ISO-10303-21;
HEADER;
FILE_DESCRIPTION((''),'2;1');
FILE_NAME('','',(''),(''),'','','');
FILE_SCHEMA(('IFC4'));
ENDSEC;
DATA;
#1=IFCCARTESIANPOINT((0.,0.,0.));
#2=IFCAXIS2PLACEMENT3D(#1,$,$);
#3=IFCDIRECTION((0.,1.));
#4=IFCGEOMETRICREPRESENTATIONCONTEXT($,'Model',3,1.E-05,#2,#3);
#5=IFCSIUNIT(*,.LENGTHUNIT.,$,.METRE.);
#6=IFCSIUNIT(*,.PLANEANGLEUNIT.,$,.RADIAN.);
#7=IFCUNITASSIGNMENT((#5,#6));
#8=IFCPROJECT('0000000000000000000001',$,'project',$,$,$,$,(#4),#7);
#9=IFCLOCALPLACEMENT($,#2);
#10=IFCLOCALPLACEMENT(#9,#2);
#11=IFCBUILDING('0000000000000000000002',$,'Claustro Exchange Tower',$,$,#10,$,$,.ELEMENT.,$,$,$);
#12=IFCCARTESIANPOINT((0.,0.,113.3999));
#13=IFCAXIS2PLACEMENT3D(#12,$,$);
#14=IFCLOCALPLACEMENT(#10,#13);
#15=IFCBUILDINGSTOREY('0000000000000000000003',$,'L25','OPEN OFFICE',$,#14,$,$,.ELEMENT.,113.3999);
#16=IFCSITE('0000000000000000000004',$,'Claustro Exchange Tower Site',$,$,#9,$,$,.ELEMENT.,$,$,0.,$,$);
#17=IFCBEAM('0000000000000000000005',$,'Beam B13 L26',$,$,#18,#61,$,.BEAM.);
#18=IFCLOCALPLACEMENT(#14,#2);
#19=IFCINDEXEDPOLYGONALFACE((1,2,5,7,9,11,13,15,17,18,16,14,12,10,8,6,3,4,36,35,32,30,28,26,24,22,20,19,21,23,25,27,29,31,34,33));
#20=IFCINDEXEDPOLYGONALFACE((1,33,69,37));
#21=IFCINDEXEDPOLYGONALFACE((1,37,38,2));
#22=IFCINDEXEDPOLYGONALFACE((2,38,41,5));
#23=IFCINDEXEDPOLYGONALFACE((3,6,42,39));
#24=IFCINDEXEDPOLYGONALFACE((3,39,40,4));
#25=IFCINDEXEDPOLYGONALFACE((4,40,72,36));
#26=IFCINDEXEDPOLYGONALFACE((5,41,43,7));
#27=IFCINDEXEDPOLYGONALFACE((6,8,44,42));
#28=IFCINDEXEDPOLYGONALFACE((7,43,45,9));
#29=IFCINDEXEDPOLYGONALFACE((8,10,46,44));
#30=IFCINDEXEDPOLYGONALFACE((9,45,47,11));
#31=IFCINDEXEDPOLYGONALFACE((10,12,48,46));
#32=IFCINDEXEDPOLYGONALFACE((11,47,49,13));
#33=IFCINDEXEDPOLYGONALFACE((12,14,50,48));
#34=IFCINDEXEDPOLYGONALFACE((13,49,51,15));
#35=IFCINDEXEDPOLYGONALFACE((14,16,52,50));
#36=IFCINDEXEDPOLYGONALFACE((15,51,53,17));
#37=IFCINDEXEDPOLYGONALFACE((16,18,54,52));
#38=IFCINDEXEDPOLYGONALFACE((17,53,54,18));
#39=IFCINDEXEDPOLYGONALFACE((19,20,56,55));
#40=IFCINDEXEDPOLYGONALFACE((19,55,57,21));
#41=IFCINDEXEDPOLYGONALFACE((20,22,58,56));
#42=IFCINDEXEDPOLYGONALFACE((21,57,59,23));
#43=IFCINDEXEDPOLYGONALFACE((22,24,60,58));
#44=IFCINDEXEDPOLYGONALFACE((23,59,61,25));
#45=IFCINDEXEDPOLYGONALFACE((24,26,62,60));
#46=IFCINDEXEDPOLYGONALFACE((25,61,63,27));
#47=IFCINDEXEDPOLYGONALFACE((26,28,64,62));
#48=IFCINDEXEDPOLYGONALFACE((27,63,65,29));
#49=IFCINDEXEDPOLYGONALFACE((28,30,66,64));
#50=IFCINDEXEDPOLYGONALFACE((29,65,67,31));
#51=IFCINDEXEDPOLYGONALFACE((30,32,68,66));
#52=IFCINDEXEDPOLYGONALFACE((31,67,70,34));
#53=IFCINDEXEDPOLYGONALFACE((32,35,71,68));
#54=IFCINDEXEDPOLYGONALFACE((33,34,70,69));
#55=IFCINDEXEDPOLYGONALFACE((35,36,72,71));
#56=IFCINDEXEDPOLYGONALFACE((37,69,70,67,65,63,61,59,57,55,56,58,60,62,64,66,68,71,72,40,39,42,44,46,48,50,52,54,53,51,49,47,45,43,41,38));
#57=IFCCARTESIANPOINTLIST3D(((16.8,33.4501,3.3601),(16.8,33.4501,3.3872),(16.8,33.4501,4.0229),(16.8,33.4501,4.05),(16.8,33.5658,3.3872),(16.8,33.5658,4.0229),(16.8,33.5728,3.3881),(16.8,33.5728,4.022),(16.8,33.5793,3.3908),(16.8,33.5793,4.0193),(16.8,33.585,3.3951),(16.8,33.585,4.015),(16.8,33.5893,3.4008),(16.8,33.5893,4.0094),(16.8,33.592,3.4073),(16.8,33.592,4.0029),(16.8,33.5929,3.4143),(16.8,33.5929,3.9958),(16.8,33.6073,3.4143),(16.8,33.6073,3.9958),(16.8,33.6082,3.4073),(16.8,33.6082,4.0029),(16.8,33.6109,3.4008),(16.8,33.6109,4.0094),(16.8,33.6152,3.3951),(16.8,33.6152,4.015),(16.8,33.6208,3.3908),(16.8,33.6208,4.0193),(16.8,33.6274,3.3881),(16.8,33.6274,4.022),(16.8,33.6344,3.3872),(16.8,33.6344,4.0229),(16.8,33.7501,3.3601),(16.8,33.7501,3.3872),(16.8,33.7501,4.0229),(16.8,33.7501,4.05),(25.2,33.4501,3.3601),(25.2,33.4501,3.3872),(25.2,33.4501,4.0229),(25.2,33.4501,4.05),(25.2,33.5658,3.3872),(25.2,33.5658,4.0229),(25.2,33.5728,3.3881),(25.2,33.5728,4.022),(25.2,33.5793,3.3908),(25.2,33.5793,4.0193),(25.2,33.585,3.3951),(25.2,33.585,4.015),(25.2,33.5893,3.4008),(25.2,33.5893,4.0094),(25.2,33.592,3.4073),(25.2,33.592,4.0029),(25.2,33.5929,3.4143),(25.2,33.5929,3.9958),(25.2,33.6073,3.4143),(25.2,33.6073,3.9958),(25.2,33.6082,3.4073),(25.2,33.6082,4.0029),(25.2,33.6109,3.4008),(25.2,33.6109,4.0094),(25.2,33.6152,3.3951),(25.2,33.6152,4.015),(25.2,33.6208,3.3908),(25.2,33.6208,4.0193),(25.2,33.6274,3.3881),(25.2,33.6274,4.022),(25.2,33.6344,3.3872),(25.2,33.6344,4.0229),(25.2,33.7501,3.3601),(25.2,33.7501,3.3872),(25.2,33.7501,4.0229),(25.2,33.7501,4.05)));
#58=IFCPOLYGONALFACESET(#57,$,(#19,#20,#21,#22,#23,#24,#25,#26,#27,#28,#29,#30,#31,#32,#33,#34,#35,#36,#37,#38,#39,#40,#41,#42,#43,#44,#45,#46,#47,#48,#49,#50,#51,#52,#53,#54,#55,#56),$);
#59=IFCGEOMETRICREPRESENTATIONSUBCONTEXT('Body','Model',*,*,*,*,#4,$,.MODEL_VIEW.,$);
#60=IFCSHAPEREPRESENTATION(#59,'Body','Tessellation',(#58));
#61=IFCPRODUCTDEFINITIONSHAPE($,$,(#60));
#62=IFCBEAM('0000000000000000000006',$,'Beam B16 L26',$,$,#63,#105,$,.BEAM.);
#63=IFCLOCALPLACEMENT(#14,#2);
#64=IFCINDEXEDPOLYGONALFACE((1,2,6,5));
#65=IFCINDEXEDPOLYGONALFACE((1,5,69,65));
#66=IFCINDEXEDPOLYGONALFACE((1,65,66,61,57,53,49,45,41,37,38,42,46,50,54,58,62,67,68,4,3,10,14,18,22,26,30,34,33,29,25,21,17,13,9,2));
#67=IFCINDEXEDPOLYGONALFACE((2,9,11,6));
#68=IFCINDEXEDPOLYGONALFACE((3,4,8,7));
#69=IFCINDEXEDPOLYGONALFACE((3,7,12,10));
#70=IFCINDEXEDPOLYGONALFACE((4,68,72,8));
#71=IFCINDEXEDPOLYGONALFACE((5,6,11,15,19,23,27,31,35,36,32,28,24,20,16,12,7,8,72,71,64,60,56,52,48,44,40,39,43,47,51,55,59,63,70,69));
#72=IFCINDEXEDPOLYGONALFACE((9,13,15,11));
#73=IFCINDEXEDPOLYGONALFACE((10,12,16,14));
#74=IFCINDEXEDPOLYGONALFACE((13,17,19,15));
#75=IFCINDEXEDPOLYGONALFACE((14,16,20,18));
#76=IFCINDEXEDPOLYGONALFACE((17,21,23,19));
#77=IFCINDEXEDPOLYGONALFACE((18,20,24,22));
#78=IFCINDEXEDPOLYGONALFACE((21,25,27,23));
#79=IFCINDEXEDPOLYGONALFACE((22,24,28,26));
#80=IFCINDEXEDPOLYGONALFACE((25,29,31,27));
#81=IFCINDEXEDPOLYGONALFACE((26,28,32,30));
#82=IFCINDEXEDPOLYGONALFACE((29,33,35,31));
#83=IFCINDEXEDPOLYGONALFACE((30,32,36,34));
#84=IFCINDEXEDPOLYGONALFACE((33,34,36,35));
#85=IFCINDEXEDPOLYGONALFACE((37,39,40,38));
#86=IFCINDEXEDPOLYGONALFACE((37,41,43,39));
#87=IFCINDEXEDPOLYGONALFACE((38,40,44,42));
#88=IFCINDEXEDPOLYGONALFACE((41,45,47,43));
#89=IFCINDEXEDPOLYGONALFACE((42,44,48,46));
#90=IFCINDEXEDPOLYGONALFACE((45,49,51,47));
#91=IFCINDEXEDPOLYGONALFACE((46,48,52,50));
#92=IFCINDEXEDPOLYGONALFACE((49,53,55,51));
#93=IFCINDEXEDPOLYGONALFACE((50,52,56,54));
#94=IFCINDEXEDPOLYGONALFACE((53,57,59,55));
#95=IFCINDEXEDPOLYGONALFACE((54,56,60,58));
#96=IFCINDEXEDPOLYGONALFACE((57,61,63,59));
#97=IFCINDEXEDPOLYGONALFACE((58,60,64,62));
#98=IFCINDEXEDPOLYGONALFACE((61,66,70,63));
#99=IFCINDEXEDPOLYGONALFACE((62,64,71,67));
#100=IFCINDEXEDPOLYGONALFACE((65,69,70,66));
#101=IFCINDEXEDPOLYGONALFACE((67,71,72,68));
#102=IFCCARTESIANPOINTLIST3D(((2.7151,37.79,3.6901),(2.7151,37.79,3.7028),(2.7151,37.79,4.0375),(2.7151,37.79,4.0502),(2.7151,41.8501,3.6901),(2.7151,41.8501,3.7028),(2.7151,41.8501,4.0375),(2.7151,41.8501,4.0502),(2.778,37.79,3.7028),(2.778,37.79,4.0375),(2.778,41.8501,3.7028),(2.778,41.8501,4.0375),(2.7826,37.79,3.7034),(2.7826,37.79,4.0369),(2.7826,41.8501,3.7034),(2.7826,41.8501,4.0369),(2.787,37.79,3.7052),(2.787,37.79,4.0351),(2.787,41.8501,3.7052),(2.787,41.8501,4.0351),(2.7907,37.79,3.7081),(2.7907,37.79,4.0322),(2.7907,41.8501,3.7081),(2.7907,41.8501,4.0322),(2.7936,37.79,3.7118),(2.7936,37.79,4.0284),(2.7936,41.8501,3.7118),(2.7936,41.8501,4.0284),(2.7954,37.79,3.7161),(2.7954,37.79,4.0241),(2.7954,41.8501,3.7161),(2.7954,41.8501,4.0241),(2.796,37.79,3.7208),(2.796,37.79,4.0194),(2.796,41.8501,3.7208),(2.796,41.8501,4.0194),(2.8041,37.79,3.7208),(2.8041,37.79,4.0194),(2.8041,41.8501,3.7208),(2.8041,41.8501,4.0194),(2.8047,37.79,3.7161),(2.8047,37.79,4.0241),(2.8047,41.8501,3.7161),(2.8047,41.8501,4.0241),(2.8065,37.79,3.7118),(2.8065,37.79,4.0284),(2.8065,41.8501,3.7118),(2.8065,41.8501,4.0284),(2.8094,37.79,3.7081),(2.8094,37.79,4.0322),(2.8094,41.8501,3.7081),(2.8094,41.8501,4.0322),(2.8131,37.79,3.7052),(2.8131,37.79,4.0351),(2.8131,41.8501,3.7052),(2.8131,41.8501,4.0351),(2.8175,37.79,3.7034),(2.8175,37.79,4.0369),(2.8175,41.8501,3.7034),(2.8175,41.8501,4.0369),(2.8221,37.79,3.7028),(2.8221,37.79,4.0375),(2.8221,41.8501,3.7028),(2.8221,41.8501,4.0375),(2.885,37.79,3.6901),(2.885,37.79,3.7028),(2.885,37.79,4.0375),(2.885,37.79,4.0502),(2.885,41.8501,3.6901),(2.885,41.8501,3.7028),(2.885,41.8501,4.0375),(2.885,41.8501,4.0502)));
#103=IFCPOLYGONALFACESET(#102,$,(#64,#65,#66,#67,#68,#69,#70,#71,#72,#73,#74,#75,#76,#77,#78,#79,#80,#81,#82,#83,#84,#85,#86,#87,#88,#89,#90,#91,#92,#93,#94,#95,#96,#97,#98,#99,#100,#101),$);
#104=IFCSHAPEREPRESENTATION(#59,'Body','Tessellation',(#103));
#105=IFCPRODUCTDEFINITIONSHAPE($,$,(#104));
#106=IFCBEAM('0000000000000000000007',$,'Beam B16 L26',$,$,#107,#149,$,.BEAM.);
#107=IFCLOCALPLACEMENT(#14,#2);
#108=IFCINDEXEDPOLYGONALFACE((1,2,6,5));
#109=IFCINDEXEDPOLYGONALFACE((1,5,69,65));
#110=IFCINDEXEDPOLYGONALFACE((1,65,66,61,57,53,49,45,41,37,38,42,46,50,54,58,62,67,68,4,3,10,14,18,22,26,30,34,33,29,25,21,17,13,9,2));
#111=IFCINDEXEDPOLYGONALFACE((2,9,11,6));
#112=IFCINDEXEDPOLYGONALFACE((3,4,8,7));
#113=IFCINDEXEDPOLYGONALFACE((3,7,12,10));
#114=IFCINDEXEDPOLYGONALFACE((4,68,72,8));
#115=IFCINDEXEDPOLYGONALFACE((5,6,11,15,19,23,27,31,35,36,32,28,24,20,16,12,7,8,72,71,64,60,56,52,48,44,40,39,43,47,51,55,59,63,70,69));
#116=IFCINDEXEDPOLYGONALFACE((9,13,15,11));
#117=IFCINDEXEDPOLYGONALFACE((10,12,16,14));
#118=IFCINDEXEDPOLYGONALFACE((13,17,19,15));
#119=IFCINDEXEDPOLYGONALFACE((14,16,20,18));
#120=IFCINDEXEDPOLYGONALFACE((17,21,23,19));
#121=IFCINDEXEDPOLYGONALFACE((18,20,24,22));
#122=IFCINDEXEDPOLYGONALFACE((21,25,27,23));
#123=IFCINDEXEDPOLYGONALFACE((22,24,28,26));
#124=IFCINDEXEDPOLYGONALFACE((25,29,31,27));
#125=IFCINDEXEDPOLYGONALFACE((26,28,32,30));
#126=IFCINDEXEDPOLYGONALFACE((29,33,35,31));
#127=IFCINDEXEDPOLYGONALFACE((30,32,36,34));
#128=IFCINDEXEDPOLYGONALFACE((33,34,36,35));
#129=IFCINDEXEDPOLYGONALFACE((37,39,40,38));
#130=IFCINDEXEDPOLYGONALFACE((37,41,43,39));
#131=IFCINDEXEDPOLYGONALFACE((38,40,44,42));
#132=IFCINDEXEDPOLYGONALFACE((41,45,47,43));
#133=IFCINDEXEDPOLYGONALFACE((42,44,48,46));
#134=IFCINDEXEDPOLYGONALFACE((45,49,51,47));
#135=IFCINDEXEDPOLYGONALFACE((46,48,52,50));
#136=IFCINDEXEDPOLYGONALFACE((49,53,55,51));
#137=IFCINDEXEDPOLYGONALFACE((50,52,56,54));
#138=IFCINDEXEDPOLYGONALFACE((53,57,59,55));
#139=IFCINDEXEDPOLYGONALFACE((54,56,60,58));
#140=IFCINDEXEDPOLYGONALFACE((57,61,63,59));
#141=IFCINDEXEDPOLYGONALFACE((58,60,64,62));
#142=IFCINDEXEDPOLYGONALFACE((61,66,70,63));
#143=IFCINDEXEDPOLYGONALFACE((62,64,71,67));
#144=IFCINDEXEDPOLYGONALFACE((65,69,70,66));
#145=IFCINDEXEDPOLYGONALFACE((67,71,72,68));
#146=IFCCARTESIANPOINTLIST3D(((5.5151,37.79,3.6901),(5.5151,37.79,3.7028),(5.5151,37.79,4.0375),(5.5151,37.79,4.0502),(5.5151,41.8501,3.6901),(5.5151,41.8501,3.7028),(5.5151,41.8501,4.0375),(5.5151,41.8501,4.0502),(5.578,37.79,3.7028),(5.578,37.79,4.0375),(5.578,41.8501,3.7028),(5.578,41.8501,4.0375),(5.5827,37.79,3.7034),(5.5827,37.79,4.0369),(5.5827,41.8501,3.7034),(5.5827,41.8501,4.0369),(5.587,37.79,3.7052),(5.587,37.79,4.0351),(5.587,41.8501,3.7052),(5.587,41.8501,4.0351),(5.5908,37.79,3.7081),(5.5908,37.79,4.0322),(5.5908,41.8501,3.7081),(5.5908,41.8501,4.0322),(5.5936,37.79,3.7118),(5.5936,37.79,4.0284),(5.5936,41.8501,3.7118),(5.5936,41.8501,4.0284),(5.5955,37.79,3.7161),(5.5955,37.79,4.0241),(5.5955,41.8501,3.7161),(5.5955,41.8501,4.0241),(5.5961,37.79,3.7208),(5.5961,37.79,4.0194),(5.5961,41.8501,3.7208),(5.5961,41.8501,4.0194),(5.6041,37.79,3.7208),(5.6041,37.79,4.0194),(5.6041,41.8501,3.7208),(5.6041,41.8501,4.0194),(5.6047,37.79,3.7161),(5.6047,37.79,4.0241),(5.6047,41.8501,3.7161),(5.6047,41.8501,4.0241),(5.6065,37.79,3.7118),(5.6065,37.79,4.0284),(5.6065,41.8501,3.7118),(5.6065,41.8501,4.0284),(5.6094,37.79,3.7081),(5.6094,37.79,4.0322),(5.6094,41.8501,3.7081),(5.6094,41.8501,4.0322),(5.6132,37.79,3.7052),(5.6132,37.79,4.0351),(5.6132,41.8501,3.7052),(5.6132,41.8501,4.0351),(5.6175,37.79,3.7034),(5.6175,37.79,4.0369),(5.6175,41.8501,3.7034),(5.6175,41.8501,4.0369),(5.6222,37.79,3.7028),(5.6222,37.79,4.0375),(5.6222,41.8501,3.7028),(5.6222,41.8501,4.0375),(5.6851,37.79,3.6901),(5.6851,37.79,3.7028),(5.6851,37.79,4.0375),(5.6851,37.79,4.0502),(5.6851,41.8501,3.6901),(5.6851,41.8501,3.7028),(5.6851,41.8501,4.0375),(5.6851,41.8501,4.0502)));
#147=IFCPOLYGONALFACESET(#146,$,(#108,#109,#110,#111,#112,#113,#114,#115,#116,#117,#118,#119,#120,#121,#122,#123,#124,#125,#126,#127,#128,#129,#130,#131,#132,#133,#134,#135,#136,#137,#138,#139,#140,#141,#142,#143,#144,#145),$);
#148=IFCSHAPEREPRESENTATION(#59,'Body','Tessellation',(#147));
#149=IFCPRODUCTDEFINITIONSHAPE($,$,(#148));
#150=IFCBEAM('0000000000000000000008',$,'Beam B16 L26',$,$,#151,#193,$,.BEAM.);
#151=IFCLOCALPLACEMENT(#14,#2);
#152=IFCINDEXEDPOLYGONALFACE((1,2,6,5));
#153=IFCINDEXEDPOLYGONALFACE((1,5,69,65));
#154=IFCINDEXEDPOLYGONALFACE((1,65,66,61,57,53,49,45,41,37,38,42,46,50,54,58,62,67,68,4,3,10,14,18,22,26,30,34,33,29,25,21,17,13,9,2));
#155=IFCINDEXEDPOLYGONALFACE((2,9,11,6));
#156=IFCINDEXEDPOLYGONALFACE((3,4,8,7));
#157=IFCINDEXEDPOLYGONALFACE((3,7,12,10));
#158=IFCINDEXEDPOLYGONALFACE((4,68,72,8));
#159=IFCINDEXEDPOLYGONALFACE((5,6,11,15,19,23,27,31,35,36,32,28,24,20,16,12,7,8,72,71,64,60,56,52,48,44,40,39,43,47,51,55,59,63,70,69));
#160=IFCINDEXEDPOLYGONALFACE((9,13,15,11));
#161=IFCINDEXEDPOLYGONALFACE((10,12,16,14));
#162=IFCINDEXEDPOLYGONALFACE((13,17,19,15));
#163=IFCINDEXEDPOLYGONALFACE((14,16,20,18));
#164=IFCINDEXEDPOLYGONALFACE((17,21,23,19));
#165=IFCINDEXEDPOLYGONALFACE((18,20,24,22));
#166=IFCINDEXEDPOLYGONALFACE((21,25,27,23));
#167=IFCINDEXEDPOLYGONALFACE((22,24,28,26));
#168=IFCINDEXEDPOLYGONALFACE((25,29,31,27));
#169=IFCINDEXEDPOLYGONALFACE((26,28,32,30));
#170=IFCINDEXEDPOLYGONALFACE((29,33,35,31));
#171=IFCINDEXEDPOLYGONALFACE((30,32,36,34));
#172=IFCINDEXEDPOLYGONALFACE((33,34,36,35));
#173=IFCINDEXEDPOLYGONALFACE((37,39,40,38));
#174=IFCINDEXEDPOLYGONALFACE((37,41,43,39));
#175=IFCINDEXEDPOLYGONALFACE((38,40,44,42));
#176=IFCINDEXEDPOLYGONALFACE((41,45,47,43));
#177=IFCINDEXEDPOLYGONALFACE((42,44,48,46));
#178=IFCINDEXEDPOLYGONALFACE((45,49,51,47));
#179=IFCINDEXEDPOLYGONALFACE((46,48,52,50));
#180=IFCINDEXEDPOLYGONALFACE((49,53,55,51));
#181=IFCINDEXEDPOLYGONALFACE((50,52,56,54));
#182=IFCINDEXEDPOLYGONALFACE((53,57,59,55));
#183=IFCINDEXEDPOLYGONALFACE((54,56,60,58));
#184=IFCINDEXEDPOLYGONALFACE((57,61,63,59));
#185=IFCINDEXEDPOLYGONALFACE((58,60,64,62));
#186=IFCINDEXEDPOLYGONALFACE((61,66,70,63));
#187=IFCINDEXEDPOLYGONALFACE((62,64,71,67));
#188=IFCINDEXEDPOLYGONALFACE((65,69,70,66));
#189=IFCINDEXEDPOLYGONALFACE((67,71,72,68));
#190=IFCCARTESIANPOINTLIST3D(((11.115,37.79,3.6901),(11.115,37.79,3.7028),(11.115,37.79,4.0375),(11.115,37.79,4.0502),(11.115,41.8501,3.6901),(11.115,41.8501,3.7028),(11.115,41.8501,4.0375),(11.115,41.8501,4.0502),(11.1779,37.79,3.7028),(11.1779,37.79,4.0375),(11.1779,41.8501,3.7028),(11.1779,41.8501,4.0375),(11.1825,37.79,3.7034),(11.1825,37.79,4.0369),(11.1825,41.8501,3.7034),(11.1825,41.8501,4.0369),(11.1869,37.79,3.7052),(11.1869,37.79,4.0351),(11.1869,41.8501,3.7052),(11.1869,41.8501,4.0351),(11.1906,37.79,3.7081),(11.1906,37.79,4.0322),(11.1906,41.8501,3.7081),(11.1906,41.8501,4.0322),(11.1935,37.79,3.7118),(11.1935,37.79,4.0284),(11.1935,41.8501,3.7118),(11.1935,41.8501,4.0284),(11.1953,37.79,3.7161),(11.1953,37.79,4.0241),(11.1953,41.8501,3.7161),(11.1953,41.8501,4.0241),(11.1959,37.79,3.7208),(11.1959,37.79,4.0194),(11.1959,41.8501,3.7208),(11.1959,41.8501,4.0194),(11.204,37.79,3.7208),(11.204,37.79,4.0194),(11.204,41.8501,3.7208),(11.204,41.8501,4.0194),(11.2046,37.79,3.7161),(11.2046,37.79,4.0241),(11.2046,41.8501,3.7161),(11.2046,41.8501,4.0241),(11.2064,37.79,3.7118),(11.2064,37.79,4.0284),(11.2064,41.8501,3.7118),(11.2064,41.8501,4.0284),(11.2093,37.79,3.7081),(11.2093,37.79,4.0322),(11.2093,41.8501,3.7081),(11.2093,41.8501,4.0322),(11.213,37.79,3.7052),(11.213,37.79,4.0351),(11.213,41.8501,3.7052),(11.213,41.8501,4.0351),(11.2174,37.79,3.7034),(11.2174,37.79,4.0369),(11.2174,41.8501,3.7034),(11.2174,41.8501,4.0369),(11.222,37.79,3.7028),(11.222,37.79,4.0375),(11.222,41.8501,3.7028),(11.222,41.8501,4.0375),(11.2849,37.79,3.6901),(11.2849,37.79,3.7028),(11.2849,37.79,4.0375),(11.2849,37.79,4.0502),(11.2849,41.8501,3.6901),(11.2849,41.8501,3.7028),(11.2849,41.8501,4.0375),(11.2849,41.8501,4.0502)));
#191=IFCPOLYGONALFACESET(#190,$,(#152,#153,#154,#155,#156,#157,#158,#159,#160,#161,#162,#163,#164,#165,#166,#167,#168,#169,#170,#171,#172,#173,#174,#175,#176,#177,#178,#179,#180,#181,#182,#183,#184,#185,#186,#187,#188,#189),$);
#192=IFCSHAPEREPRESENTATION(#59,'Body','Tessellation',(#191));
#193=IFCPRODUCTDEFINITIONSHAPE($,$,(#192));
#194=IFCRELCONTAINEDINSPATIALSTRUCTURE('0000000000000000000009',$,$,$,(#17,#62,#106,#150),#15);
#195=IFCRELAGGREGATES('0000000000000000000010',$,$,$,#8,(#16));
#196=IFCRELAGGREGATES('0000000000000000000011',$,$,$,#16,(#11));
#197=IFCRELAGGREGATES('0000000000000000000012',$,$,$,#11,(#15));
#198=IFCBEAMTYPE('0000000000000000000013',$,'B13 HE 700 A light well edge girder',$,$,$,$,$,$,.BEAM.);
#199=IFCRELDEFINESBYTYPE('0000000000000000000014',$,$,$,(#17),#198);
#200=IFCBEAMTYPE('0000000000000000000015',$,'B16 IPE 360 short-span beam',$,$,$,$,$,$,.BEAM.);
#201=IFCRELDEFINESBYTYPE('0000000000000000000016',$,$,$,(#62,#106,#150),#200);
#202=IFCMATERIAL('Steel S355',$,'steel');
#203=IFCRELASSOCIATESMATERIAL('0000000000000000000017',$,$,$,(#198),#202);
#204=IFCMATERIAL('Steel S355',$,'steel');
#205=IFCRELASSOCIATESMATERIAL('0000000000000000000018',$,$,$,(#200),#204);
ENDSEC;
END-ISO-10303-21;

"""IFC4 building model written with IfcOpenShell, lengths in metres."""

from ifc_helpers import new_model, si_unit, direction, frame, origin, origin_2d, place, context, subcontext, project, spatial, i_section, extrude, material, material_profile, profile_set, type_object, element, save


model = new_model("IFC4")

# Units and contexts
model_context = context("Model", 3, precision=1e-05, world=origin(), true_north=direction((0.0, 1.0)))
body_context = subcontext(model_context, "Body", "Model", "MODEL_VIEW")
ifc_project = project(units=[si_unit("LENGTHUNIT", "METRE"), si_unit("PLANEANGLEUNIT", "RADIAN")], contexts=[model_context])

# Site, building, storey
site_placement = place(None, origin())
site = spatial("IfcSite", under=ifc_project, at=site_placement, Name="Claustro Exchange Tower Site", CompositionType="ELEMENT", RefElevation=0.0)
building_placement = place(site_placement, origin())
building = spatial("IfcBuilding", under=site, at=building_placement, Name="Claustro Exchange Tower", CompositionType="ELEMENT")
storey_placement = place(building_placement, frame((0.0, 0.0, 113.3999)))
storey = spatial("IfcBuildingStorey", under=building, at=storey_placement, Name="L25", Description="OPEN OFFICE", CompositionType="ELEMENT", Elevation=113.3999)

# Beams
ifc_material_1 = material(Name="Steel S355", Category="steel")
ifc_material_profile_1 = material_profile(ifc_material_1, i_section(OverallWidth=0.3, OverallDepth=0.6899, WebThickness=0.0144, FlangeThickness=0.0271, FilletRadius=0.0271, at=origin_2d()), Name="HE 700 A")
ifc_profile_set_1 = profile_set([ifc_material_profile_1], Name="Steel S355")
beam_type_1 = type_object("IfcBeamType", Name="B13 HE 700 A light well edge girder", PredefinedType="BEAM", material=ifc_profile_set_1)
beam_placement = place(storey_placement, frame((16.8, 33.6001, 3.7051), z_axis=(1.0, 0.0, 0.0), x_axis=(0.0, 1.0, 0.0)))
element("IfcBeam", 1, at=beam_placement, inside=storey, type_object=beam_type_1, Name="Beam B13 L26", PredefinedType="BEAM", context=body_context, shape_type="SweptSolid", body=[
    extrude(i_section(OverallWidth=0.3, OverallDepth=0.6899, WebThickness=0.0144, FlangeThickness=0.0271, FilletRadius=0.0271, at=origin_2d()), origin(), (0.0, 0.0, 1.0), 8.3999),
])
ifc_material_2 = material(Name="Steel S355", Category="steel")
ifc_material_profile_2 = material_profile(ifc_material_2, i_section(OverallWidth=0.1699, OverallDepth=0.3601, WebThickness=0.0081, FlangeThickness=0.0127, FilletRadius=0.0181, at=origin_2d()), Name="IPE 360")
ifc_profile_set_2 = profile_set([ifc_material_profile_2], Name="Steel S355")
beam_type_2 = type_object("IfcBeamType", Name="B16 IPE 360 short-span beam", PredefinedType="BEAM", material=ifc_profile_set_2)
for number, where, z_axis, x_axis, name in (
    (2, (2.8, 37.79, 3.8701), (0.0, 1.0, 0.0), (-1.0, 0.0, 0.0), "Beam B16 L26"),
    (3, (5.6001, 37.79, 3.8701), (0.0, 1.0, 0.0), (-1.0, 0.0, 0.0), "Beam B16 L26"),
    (4, (11.2, 37.79, 3.8701), (0.0, 1.0, 0.0), (-1.0, 0.0, 0.0), "Beam B16 L26"),
):
    element("IfcBeam", number, at=place(storey_placement, frame(where, z_axis=z_axis, x_axis=x_axis)), inside=storey, type_object=beam_type_2, Name=name, PredefinedType="BEAM", context=body_context, shape_type="SweptSolid", body=[
        extrude(i_section(OverallWidth=0.1699, OverallDepth=0.3601, WebThickness=0.0081, FlangeThickness=0.0127, FilletRadius=0.0181, at=origin_2d()), origin(), (0.0, 0.0, 1.0), 4.0601),
    ])

save(model, "model.ifc")
